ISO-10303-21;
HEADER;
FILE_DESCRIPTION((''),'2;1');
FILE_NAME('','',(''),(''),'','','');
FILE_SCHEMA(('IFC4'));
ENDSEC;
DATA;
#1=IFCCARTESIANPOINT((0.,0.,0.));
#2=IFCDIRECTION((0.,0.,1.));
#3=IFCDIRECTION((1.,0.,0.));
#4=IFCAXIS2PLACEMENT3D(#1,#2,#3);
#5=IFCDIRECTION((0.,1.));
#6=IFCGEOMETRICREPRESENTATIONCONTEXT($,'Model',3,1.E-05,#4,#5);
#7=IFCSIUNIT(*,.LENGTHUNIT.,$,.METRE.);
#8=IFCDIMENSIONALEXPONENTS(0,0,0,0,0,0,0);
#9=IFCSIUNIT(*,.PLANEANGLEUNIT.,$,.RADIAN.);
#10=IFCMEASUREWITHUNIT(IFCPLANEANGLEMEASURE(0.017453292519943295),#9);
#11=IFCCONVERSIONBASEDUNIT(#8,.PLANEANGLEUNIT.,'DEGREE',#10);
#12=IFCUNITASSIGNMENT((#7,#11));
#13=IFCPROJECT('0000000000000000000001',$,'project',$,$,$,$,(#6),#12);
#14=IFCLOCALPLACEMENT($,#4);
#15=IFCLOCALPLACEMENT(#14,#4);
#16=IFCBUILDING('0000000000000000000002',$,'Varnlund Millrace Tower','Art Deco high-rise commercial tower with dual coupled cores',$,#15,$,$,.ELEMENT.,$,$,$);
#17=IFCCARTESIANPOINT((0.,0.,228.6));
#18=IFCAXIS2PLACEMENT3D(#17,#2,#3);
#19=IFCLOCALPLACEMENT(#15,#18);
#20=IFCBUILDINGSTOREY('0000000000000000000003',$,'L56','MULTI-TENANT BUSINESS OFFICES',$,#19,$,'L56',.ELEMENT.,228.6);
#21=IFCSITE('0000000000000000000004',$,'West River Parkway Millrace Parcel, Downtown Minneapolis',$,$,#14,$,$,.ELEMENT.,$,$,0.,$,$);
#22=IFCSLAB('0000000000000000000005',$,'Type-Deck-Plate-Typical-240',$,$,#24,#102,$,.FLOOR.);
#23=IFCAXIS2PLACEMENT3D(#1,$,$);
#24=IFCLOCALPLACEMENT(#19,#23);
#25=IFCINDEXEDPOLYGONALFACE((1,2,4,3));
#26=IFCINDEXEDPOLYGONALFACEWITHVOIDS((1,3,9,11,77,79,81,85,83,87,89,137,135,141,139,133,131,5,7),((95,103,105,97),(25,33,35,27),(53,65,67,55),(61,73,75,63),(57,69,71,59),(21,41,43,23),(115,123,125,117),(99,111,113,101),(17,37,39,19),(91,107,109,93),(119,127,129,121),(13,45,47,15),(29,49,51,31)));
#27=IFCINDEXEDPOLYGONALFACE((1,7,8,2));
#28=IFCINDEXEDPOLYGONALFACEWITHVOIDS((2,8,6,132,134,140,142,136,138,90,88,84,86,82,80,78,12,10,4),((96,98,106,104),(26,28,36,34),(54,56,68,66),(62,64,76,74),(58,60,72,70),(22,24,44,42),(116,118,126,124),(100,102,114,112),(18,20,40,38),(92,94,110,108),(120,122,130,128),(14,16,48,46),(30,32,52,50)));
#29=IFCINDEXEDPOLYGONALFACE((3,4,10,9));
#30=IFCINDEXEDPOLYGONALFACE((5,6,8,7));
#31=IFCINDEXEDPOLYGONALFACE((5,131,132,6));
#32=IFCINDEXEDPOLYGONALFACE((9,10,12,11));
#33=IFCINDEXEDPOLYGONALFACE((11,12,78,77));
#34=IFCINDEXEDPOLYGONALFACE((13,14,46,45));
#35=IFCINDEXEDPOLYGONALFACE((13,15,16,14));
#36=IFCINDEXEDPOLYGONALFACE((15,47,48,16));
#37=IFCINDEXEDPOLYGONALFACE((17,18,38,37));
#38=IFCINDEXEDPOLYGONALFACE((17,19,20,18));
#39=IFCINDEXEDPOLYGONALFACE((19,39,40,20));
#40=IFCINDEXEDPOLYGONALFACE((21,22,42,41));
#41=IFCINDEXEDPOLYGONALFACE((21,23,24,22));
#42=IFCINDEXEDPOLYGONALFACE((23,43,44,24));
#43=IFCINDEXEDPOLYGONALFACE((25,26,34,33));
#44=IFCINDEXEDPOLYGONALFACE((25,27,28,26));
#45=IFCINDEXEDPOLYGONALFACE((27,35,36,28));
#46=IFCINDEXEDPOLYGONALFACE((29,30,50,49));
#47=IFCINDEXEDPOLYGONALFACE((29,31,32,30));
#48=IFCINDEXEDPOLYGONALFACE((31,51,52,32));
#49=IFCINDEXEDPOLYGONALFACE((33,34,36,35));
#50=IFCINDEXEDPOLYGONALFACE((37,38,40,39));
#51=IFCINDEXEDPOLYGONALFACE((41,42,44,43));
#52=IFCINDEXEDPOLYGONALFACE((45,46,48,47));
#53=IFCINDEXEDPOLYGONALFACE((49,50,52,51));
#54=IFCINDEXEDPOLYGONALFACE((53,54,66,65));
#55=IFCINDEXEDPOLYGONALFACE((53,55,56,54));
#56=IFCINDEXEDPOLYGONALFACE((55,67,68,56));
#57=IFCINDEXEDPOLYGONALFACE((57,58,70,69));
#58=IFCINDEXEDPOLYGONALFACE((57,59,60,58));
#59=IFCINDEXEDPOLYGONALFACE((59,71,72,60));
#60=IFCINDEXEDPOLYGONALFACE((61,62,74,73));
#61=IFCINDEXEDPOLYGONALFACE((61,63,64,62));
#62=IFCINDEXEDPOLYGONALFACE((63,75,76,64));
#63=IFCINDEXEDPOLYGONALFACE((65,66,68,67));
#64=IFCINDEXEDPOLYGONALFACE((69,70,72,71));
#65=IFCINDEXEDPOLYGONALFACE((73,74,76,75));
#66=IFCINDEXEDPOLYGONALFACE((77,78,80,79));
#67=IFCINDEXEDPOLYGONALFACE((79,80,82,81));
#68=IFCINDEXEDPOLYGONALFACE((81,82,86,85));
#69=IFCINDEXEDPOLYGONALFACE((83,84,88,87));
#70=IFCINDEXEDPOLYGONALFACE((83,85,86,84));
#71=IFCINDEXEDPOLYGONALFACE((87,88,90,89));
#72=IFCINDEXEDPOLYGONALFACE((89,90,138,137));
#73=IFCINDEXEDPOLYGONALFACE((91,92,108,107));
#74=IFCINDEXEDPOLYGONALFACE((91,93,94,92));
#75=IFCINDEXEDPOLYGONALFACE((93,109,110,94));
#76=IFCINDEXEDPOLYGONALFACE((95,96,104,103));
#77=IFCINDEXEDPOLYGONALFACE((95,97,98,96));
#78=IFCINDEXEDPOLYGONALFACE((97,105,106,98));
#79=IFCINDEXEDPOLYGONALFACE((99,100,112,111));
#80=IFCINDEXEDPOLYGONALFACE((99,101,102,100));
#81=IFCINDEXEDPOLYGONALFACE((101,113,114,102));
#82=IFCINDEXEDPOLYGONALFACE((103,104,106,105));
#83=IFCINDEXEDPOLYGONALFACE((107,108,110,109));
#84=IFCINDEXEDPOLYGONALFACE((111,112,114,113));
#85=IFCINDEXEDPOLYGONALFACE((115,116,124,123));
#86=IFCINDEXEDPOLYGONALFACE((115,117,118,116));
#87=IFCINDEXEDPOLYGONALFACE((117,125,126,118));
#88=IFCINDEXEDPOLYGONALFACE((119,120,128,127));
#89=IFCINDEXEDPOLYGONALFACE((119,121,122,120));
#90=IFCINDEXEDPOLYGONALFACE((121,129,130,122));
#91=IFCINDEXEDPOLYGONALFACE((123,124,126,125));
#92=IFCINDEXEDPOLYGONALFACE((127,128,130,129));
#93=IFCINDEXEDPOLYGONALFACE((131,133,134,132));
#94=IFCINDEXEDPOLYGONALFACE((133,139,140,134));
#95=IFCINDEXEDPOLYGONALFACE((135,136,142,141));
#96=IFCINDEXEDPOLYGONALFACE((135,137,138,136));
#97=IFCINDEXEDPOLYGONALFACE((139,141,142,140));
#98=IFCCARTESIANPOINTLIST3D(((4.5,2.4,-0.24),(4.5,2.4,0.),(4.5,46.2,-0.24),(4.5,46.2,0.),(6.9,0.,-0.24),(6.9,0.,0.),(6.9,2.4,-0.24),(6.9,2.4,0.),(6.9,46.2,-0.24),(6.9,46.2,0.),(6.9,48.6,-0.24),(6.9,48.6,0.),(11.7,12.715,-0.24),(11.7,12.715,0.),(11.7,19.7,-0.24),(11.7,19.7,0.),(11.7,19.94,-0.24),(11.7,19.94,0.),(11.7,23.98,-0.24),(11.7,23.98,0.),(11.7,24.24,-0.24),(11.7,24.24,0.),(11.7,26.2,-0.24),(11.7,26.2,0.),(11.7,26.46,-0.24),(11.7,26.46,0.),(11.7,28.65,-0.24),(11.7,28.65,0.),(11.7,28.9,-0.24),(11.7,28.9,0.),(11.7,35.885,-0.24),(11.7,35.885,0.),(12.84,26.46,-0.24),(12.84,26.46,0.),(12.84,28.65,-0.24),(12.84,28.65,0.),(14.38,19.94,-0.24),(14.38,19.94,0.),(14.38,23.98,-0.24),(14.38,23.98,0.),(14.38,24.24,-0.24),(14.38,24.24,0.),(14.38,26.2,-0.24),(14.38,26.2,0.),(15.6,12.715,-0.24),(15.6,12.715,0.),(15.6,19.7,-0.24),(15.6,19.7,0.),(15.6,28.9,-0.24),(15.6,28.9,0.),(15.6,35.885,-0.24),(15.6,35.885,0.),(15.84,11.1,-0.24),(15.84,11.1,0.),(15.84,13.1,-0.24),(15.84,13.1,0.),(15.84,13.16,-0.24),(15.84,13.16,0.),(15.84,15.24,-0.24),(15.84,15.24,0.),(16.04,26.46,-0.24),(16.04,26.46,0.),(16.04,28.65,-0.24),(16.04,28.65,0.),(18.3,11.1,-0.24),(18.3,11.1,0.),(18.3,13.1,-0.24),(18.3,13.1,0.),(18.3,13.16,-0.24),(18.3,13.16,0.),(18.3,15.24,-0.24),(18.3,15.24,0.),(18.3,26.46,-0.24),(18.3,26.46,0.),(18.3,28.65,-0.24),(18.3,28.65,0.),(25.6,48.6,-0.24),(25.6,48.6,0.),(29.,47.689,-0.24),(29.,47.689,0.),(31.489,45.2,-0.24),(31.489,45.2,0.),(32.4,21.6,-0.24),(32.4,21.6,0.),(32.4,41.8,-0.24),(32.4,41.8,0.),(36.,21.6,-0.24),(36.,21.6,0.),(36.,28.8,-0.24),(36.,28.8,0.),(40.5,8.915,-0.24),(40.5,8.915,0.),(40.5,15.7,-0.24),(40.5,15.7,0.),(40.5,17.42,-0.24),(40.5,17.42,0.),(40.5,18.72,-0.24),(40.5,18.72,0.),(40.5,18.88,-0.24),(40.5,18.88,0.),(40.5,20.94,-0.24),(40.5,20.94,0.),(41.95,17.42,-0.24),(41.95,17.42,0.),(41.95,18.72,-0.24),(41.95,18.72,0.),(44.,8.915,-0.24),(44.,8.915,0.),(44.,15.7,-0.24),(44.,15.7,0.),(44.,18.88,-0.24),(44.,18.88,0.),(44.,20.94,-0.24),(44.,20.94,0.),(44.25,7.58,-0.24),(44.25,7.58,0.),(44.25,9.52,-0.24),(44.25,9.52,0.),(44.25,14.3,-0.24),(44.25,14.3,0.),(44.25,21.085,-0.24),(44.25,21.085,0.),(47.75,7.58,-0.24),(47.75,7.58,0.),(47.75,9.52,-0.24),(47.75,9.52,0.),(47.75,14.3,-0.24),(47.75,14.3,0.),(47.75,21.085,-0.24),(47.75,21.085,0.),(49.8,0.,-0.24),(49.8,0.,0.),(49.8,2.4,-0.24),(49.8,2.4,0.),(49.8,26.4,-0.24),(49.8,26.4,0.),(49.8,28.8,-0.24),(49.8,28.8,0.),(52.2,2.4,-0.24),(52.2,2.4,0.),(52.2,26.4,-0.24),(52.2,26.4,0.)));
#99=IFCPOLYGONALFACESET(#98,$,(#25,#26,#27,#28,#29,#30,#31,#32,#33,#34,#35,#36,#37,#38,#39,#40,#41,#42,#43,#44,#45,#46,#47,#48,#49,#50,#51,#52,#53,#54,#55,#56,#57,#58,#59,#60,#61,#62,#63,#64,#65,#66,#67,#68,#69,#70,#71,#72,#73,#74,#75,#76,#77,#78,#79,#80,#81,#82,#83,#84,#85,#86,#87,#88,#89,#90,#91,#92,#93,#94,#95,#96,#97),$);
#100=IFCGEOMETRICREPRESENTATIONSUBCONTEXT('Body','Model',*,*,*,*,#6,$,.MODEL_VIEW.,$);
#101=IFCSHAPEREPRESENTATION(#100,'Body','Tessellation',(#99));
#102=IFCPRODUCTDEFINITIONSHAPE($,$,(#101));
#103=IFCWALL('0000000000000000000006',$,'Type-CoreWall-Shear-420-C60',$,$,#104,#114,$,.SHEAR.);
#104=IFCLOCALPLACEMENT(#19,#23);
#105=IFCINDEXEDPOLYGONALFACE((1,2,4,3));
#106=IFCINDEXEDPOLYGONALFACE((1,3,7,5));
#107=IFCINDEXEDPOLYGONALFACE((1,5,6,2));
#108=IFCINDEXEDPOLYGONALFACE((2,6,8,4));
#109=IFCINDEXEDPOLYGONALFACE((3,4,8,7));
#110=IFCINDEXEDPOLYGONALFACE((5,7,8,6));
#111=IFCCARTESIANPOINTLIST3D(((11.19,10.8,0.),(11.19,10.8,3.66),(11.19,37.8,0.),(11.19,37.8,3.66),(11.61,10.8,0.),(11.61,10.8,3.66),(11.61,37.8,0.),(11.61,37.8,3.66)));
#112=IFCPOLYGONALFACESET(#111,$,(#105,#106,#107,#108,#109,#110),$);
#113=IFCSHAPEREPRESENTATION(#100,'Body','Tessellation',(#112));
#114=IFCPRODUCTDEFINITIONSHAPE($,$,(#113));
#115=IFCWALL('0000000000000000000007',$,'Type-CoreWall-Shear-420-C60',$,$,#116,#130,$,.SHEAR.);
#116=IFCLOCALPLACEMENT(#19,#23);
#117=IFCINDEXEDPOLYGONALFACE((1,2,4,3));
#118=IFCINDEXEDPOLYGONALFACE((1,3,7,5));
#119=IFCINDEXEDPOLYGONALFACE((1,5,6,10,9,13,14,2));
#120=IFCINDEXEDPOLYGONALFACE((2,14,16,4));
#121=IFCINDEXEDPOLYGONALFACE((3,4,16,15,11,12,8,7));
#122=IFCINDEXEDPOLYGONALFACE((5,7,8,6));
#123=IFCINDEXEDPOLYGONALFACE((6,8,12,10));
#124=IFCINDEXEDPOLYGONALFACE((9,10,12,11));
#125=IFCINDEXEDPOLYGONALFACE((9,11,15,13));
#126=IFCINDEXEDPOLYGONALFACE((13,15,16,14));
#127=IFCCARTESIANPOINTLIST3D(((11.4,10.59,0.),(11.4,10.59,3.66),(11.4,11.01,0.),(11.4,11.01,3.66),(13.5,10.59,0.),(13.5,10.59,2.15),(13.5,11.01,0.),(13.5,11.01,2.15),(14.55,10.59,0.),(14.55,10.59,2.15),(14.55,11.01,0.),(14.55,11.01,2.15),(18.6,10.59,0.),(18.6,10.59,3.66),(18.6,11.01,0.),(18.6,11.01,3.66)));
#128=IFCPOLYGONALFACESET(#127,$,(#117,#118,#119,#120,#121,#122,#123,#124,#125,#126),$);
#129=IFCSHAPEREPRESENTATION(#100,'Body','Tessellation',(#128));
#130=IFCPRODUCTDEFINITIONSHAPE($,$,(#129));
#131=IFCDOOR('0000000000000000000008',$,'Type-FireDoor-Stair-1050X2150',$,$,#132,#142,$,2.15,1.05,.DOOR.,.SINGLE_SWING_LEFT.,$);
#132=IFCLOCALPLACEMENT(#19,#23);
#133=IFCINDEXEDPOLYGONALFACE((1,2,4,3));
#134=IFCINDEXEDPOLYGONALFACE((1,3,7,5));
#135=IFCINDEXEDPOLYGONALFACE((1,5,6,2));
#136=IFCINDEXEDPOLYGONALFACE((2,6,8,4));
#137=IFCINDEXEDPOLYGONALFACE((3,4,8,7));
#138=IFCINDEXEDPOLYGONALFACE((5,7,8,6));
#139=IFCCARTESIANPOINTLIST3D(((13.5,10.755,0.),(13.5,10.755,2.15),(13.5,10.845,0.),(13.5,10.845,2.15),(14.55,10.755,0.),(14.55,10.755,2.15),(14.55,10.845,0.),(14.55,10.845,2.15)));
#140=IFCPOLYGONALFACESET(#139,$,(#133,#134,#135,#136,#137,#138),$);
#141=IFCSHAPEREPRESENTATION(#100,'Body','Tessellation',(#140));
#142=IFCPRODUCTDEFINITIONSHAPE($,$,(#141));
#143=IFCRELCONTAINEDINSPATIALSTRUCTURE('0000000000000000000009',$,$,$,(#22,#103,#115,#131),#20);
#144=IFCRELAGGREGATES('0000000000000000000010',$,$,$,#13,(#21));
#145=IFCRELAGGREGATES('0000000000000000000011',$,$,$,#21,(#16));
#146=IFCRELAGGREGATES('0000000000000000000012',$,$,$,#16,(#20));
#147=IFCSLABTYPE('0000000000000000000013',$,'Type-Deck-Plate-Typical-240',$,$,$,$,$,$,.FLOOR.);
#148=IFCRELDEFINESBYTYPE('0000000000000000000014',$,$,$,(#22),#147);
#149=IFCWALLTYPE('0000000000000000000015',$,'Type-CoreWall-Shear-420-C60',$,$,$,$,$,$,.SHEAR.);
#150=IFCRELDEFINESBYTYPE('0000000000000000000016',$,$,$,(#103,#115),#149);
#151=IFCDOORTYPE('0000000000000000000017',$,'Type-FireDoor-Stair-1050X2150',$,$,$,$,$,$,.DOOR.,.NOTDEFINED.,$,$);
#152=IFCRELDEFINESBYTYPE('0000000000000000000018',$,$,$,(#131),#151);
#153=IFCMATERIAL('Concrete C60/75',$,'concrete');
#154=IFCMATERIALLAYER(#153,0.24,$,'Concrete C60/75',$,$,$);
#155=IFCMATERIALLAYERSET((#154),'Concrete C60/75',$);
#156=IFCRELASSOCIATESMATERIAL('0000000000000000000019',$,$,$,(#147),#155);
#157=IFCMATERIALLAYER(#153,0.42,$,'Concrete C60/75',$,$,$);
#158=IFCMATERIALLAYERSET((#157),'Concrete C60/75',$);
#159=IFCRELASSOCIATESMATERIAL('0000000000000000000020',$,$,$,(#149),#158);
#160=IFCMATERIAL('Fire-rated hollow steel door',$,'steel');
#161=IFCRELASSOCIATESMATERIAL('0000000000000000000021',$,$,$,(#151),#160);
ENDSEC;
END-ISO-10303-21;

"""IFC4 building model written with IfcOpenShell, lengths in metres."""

from ifc_helpers import new_model, entity, si_unit, converted_unit, direction, frame, origin_with_axes, origin_2d_with_axis, place, context, subcontext, project, spatial, polyline, rectangle, outline, extrude, material, layer, layer_set, type_object, element, fill, save


model = new_model("IFC4")

# Units and contexts
model_context = context("Model", 3, precision=1e-05, world=origin_with_axes(), true_north=direction((0.0, 1.0)))
body_context = subcontext(model_context, "Body", "Model", "MODEL_VIEW")
ifc_project = project(units=[si_unit("LENGTHUNIT", "METRE"), converted_unit("PLANEANGLEUNIT", "DEGREE", entity("IfcPlaneAngleMeasure", 0.017453292519943295), si_unit("PLANEANGLEUNIT", "RADIAN"), dimensions=[0, 0, 0, 0, 0, 0, 0])], contexts=[model_context])

# Site, building, storey
site_placement = place(None, origin_with_axes())
site = spatial("IfcSite", under=ifc_project, at=site_placement, Name="West River Parkway Millrace Parcel, Downtown Minneapolis", CompositionType="ELEMENT", RefElevation=0.0)
building_placement = place(site_placement, origin_with_axes())
building = spatial("IfcBuilding", under=site, at=building_placement, Name="Varnlund Millrace Tower", Description="Art Deco high-rise commercial tower with dual coupled cores", CompositionType="ELEMENT")
storey_placement = place(building_placement, frame((0.0, 0.0, 228.6), z_axis=(0.0, 0.0, 1.0), x_axis=(1.0, 0.0, 0.0)))
storey = spatial("IfcBuildingStorey", under=building, at=storey_placement, Name="L56", Description="MULTI-TENANT BUSINESS OFFICES", LongName="L56", CompositionType="ELEMENT", Elevation=228.6)

# Slab
ifc_material_1 = material(Name="Concrete C60/75", Category="concrete")
ifc_layer_1 = layer(ifc_material_1, 0.24, Name="Concrete C60/75")
ifc_layer_set_1 = layer_set([ifc_layer_1], Name="Concrete C60/75")
slab_type = type_object("IfcSlabType", Name="Type-Deck-Plate-Typical-240", PredefinedType="FLOOR", material=ifc_layer_set_1)
slab_placement = place(storey_placement, frame((0.0, 0.0, -0.24), z_axis=(0.0, 0.0, 1.0), x_axis=(1.0, 0.0, 0.0)))
element("IfcSlab", 1, at=slab_placement, inside=storey, type_object=slab_type, Name="Type-Deck-Plate-Typical-240", PredefinedType="FLOOR", context=body_context, shape_type="SweptSolid", body=[
    extrude(outline(polyline([(32.4, 21.6), (32.4, 41.8), (31.489, 45.2), (29.0, 47.689), (25.6, 48.6), (6.9, 48.6), (6.9, 46.2), (4.5, 46.2), (4.5, 2.4), (6.9, 2.4), (6.9, 0.0), (49.8, 0.0), (49.8, 2.4), (52.2, 2.4), (52.2, 26.4), (49.8, 26.4), (49.8, 28.8), (36.0, 28.8), (36.0, 21.6), (32.4, 21.6)]), holes=[polyline([(18.3, 13.1), (18.3, 11.1), (15.84, 11.1), (15.84, 13.1), (18.3, 13.1)]), polyline([(15.6, 12.715), (11.7, 12.715), (11.7, 19.7), (15.6, 19.7), (15.6, 12.715)]), polyline([(11.7, 19.94), (11.7, 23.98), (14.38, 23.98), (14.38, 19.94), (11.7, 19.94)]), polyline([(14.38, 24.24), (11.7, 24.24), (11.7, 26.2), (14.38, 26.2), (14.38, 24.24)]), polyline([(12.84, 26.46), (11.7, 26.46), (11.7, 28.65), (12.84, 28.65), (12.84, 26.46)]), polyline([(15.6, 28.9), (11.7, 28.9), (11.7, 35.885), (15.6, 35.885), (15.6, 28.9)]), polyline([(47.75, 9.52), (47.75, 7.58), (44.25, 7.58), (44.25, 9.52), (47.75, 9.52)]), polyline([(44.0, 8.915), (40.5, 8.915), (40.5, 15.7), (44.0, 15.7), (44.0, 8.915)]), polyline([(18.3, 13.16), (15.84, 13.16), (15.84, 15.24), (18.3, 15.24), (18.3, 13.16)]), polyline([(47.75, 14.3), (44.25, 14.3), (44.25, 21.085), (47.75, 21.085), (47.75, 14.3)]), polyline([(41.95, 17.42), (40.5, 17.42), (40.5, 18.72), (41.95, 18.72), (41.95, 17.42)]), polyline([(44.0, 18.88), (40.5, 18.88), (40.5, 20.94), (44.0, 20.94), (44.0, 18.88)]), polyline([(18.3, 26.46), (16.04, 26.46), (16.04, 28.65), (18.3, 28.65), (18.3, 26.46)])]), origin_with_axes(), (0.0, 0.0, 1.0), 0.24),
])

# Wall
ifc_layer_2 = layer(ifc_material_1, 0.42, Name="Concrete C60/75")
ifc_layer_set_2 = layer_set([ifc_layer_2], Name="Concrete C60/75")
wall_type = type_object("IfcWallType", Name="Type-CoreWall-Shear-420-C60", PredefinedType="SHEAR", material=ifc_layer_set_2)
wall_1_placement = place(storey_placement, frame((11.4, 10.8, 0.0), z_axis=(0.0, 0.0, 1.0), x_axis=(0.0, 1.0, 0.0)))
element("IfcWall", 2, at=wall_1_placement, inside=storey, type_object=wall_type, Name="Type-CoreWall-Shear-420-C60", PredefinedType="SHEAR", context=body_context, shape_type="SweptSolid", body=[
    extrude(outline(polyline([(0.0, -0.21), (27.0, -0.21), (27.0, 0.21), (0.0, 0.21), (0.0, -0.21)])), origin_with_axes(), (0.0, 0.0, 1.0), 3.66),
])

# Wall, opening, door
wall_2_placement = place(storey_placement, frame((11.4, 10.8, 0.0), z_axis=(0.0, 0.0, 1.0), x_axis=(1.0, 0.0, 0.0)))
wall_2 = element("IfcWall", 3, at=wall_2_placement, inside=storey, type_object=wall_type, Name="Type-CoreWall-Shear-420-C60", PredefinedType="SHEAR", context=body_context, shape_type="SweptSolid", body=[
    extrude(outline(polyline([(0.0, -0.21), (7.2, -0.21), (7.2, 0.21), (0.0, 0.21), (0.0, -0.21)])), origin_with_axes(), (0.0, 0.0, 1.0), 3.66),
])
opening_placement = place(wall_2_placement, frame((2.625, 0.0, 0.0), z_axis=(0.0, 0.0, 1.0), x_axis=(1.0, 0.0, 0.0)))
opening = element("IfcOpeningElement", 4, at=opening_placement, cuts=wall_2, PredefinedType="OPENING", context=body_context, shape_type="SweptSolid", body=[
    extrude(rectangle(XDim=1.05, YDim=0.44, at=origin_2d_with_axis()), origin_with_axes(), (0.0, 0.0, 1.0), 2.15),
])
ifc_material_2 = material(Name="Fire-rated hollow steel door", Category="steel")
door_type = type_object("IfcDoorType", Name="Type-FireDoor-Stair-1050X2150", OperationType="NOTDEFINED", PredefinedType="DOOR", material=ifc_material_2)
door_placement = place(wall_2_placement, frame((2.625, 0.0, 0.0), z_axis=(0.0, 0.0, 1.0), x_axis=(1.0, 0.0, 0.0)))
door = element("IfcDoor", 5, at=door_placement, inside=storey, type_object=door_type, Name="Type-FireDoor-Stair-1050X2150", OperationType="SINGLE_SWING_LEFT", OverallHeight=2.15, OverallWidth=1.05, PredefinedType="DOOR", context=body_context, shape_type="SweptSolid", body=[
    extrude(rectangle(XDim=1.05, YDim=0.09, at=origin_2d_with_axis()), origin_with_axes(), (0.0, 0.0, 1.0), 2.15),
])
fill(opening, door)

save(model, "model.ifc")
